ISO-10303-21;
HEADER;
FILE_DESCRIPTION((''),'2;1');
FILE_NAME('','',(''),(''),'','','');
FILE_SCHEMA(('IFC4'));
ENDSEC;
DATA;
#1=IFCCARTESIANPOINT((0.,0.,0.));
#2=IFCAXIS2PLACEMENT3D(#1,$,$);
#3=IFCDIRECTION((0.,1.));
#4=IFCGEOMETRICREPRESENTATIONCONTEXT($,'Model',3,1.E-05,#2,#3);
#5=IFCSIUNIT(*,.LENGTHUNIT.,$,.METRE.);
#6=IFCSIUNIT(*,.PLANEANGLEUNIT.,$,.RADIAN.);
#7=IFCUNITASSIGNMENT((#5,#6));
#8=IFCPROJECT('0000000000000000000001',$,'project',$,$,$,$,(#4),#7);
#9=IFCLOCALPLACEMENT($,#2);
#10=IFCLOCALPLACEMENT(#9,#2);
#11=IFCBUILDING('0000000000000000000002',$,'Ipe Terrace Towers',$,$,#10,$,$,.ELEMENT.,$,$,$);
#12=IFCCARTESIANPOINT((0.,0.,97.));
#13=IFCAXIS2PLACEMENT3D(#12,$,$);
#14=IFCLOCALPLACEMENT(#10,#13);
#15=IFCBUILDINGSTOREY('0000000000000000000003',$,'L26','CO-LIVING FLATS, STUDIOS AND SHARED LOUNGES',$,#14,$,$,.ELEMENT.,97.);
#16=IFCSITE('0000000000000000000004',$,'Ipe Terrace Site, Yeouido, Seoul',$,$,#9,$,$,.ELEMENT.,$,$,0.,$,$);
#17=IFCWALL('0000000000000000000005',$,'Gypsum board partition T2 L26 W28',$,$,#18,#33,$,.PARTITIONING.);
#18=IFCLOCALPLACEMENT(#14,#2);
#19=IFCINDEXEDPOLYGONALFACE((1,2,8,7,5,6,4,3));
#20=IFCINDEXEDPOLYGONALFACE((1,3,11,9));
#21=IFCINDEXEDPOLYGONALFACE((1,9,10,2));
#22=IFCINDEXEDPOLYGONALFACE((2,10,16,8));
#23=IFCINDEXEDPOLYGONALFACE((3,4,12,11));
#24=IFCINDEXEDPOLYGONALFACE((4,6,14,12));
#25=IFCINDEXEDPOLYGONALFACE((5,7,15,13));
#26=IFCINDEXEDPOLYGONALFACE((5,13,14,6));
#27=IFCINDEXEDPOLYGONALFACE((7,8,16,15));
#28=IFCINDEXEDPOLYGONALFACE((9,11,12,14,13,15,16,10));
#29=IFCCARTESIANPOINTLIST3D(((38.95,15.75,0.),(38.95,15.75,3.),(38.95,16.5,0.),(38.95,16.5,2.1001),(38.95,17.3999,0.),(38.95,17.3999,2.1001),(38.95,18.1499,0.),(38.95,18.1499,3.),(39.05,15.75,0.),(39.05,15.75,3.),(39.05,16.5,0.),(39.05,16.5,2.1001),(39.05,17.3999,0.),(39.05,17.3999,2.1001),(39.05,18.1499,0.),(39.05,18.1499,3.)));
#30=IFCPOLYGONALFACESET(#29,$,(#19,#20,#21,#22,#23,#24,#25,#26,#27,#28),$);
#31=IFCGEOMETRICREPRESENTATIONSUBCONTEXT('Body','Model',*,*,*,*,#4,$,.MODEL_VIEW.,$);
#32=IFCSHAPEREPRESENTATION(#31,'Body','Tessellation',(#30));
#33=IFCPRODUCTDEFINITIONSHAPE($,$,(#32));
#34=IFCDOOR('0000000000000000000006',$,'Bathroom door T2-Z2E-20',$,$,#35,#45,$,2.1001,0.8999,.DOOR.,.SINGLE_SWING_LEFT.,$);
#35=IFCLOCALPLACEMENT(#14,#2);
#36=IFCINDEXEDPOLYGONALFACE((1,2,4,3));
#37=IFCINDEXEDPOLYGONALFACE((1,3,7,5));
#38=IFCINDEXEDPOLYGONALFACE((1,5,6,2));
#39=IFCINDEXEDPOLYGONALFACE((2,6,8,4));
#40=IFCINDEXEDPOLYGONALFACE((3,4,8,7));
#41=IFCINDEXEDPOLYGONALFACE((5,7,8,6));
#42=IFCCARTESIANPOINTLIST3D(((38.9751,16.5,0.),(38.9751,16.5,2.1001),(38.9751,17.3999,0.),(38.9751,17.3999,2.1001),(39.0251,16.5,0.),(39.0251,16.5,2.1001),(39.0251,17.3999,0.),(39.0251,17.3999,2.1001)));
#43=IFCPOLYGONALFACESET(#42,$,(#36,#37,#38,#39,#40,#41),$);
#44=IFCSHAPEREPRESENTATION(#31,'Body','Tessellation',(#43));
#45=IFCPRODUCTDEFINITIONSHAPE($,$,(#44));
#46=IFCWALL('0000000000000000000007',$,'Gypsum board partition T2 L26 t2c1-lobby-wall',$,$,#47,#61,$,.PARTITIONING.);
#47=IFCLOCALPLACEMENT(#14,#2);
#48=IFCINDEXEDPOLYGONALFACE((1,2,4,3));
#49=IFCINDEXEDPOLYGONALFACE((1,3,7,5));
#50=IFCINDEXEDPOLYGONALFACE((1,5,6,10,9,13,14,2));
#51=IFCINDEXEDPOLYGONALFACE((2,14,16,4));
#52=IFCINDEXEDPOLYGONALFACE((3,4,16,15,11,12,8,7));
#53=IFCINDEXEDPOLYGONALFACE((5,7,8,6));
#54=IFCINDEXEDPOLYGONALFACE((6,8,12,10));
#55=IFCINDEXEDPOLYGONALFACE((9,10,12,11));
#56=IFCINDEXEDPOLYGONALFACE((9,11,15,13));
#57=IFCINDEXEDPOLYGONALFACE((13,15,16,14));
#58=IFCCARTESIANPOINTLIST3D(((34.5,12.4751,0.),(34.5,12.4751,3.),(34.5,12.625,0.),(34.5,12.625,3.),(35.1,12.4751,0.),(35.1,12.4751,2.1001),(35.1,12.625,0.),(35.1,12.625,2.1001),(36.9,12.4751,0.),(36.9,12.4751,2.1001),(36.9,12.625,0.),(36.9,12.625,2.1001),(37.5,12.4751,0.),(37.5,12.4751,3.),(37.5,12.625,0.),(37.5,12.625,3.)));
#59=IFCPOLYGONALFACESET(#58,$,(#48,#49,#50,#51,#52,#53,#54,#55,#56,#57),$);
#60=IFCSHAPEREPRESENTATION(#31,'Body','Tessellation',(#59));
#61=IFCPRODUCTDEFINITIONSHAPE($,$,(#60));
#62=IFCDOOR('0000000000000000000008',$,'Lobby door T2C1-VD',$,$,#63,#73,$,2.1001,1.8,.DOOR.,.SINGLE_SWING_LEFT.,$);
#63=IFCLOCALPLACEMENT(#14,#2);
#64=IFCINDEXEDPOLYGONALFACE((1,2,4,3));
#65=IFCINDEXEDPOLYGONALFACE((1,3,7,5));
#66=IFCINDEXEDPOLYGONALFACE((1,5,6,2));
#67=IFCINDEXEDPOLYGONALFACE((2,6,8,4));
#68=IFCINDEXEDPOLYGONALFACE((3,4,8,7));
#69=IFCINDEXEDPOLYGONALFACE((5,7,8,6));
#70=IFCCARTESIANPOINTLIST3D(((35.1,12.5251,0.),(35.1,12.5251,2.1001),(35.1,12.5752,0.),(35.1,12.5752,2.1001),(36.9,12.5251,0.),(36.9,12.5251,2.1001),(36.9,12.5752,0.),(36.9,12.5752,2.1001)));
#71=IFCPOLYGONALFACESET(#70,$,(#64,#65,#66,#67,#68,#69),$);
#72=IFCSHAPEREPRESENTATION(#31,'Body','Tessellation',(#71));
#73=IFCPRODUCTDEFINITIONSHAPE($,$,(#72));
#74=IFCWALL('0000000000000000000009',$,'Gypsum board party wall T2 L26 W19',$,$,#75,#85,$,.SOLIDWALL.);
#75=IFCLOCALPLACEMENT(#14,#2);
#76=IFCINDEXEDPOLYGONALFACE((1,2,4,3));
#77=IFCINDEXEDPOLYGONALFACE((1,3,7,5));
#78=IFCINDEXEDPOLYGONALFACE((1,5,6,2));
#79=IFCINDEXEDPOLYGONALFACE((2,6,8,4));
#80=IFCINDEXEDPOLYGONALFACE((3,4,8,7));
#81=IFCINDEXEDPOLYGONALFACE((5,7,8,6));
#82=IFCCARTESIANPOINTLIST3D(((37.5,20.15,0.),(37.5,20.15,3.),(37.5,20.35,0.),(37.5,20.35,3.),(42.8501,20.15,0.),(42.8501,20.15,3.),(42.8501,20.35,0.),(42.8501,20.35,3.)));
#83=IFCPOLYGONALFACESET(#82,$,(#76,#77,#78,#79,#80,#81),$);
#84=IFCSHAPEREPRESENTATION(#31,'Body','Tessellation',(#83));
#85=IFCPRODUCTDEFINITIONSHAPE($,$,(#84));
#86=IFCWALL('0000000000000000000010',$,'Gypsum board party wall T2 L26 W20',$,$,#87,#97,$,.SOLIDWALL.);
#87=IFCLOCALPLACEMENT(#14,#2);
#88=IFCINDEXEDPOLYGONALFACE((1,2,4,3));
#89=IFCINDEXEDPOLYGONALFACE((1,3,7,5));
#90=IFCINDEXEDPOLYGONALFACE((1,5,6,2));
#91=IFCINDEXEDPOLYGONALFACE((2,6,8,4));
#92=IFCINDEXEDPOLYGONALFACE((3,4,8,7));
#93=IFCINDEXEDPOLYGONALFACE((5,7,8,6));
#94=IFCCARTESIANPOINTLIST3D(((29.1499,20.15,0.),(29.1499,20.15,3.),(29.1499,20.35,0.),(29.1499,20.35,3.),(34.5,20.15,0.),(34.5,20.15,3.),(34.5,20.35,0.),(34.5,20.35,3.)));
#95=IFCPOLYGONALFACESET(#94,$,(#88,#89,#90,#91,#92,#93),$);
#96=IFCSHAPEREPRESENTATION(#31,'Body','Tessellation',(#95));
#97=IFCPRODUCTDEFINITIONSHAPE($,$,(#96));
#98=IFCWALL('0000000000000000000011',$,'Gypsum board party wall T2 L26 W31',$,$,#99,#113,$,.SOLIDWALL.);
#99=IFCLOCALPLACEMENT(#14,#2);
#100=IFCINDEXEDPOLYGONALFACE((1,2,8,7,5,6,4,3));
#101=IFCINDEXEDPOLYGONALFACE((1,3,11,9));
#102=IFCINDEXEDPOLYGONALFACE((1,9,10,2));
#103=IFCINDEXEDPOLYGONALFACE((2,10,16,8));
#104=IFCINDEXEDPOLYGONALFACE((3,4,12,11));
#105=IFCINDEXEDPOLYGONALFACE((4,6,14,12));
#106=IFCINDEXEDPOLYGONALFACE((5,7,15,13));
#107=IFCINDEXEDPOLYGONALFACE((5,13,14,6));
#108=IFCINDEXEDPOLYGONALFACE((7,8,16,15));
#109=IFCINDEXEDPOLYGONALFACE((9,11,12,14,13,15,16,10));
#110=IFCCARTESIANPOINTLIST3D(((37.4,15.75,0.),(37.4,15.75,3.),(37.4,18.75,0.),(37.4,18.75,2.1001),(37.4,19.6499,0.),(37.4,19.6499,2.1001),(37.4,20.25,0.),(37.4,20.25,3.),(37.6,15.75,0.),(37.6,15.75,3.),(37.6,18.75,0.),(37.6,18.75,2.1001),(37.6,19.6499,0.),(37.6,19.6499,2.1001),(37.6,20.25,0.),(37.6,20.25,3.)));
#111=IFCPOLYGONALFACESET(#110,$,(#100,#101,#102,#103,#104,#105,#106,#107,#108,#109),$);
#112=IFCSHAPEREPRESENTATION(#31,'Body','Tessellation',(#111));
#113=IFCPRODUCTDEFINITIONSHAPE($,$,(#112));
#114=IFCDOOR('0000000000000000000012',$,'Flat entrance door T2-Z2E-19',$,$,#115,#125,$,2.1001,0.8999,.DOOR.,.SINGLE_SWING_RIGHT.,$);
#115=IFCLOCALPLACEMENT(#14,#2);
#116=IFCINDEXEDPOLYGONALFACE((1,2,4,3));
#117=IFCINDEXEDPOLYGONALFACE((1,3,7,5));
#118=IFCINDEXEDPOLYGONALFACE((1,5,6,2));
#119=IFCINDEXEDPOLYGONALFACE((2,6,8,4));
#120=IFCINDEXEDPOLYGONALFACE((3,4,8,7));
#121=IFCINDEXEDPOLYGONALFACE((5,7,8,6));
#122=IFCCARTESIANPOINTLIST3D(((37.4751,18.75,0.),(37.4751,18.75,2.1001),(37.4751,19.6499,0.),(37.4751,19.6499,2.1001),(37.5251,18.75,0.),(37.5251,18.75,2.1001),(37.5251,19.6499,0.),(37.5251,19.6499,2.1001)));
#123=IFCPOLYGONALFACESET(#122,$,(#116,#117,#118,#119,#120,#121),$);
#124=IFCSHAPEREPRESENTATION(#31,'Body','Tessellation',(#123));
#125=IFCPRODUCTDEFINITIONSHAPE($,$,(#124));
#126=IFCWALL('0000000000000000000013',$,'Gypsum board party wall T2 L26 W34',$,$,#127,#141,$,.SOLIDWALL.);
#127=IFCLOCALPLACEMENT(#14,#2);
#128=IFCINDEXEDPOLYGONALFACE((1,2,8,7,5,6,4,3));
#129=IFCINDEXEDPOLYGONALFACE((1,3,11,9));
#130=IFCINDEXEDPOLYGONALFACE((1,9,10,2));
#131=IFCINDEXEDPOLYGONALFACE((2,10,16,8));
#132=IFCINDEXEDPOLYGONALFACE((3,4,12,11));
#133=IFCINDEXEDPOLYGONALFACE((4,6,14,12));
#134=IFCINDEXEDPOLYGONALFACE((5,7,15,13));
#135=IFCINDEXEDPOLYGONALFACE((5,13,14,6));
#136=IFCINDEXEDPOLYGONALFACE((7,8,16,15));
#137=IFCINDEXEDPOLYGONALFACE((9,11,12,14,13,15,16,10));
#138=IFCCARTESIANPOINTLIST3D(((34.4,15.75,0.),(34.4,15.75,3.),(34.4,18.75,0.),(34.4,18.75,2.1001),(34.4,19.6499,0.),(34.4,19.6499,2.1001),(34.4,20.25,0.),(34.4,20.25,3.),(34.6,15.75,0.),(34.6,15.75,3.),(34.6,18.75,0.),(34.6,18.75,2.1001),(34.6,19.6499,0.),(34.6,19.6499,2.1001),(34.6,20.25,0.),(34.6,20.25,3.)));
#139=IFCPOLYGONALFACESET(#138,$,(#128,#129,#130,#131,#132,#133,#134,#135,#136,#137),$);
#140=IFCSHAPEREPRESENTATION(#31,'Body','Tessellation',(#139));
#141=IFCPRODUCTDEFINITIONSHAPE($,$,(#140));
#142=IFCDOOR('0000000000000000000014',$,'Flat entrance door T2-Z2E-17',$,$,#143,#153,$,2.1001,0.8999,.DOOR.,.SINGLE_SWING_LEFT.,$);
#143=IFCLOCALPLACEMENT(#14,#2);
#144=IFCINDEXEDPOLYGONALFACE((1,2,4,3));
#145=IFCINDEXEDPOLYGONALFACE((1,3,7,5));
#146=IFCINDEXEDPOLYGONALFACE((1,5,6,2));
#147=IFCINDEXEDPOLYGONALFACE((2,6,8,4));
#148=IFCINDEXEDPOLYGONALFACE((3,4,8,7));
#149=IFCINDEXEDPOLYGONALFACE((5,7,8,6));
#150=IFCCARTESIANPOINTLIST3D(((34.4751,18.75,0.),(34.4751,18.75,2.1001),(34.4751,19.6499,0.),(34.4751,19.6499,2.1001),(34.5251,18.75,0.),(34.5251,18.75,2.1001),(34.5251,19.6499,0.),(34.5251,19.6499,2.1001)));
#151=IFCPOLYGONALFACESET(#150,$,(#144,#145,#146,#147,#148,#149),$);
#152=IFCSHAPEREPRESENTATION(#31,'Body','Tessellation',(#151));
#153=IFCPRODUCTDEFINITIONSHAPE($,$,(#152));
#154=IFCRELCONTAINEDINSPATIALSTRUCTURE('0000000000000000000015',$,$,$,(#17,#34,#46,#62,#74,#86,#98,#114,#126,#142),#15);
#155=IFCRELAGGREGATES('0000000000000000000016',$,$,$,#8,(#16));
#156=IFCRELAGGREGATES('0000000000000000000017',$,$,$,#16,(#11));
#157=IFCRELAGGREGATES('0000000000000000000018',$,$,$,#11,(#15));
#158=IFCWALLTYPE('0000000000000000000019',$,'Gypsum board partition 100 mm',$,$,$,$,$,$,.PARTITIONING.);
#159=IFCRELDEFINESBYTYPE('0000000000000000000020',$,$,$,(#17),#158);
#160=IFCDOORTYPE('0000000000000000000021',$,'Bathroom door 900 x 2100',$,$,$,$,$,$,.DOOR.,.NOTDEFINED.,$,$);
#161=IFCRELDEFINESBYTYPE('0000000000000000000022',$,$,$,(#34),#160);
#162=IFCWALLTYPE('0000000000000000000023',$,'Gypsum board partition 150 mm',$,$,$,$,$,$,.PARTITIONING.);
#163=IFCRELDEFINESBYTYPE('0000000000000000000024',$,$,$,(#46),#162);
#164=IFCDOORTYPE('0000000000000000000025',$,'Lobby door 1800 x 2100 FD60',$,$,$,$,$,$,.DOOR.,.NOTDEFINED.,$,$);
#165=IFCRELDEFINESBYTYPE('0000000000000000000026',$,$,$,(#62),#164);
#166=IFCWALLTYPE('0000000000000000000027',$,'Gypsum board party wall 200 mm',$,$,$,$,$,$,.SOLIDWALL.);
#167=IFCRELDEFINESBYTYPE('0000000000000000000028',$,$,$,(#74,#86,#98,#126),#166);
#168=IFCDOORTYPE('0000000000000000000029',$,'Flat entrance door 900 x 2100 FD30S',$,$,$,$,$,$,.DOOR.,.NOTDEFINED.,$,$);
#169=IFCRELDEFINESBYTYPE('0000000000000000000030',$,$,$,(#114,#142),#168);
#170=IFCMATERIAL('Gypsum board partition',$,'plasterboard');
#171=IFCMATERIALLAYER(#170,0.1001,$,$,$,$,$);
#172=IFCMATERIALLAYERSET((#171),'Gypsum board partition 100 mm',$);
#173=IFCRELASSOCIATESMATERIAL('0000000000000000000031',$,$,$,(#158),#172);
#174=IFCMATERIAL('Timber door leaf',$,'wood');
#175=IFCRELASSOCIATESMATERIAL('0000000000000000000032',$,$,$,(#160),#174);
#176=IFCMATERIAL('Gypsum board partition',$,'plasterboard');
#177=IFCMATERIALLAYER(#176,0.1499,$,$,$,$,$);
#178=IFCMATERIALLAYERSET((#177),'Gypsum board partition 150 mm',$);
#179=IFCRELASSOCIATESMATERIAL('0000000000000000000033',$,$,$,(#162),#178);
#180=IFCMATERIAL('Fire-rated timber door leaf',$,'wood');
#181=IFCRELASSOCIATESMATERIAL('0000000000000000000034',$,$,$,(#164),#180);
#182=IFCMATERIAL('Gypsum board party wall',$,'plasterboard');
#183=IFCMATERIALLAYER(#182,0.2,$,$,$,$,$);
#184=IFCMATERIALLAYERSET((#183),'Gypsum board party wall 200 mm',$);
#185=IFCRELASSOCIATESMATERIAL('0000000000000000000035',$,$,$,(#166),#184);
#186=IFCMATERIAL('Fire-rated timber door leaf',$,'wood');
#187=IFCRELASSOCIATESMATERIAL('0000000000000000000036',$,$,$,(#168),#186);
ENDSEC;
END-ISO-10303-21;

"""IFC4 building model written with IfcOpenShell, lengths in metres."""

from ifc_helpers import new_model, si_unit, direction, frame, frame_2d, origin, place, context, subcontext, project, spatial, rectangle, extrude, material, layer, layer_set, type_object, element, fill, save


model = new_model("IFC4")

# Units and contexts
model_context = context("Model", 3, precision=1e-05, world=origin(), true_north=direction((0.0, 1.0)))
body_context = subcontext(model_context, "Body", "Model", "MODEL_VIEW")
ifc_project = project(units=[si_unit("LENGTHUNIT", "METRE"), si_unit("PLANEANGLEUNIT", "RADIAN")], contexts=[model_context])

# Site, building, storey
site_placement = place(None, origin())
site = spatial("IfcSite", under=ifc_project, at=site_placement, Name="Ipe Terrace Site, Yeouido, Seoul", CompositionType="ELEMENT", RefElevation=0.0)
building_placement = place(site_placement, origin())
building = spatial("IfcBuilding", under=site, at=building_placement, Name="Ipe Terrace Towers", CompositionType="ELEMENT")
storey_placement = place(building_placement, frame((0.0, 0.0, 97.0)))
storey = spatial("IfcBuildingStorey", under=building, at=storey_placement, Name="L26", Description="CO-LIVING FLATS, STUDIOS AND SHARED LOUNGES", CompositionType="ELEMENT", Elevation=97.0)

# Shared definitions
ifc_material_1 = material(Name="Gypsum board partition", Category="plasterboard")
ifc_layer_1 = layer(ifc_material_1, 0.1001)
ifc_layer_set_1 = layer_set([ifc_layer_1], Name="Gypsum board partition 100 mm")
wall_type_1 = type_object("IfcWallType", Name="Gypsum board partition 100 mm", PredefinedType="PARTITIONING", material=ifc_layer_set_1)

# Walls, openings, doors
wall_1_placement = place(storey_placement, frame((39.0, 15.75, 0.0), z_axis=(0.0, 0.0, 1.0), x_axis=(0.0, 1.0, 0.0)))
wall_1 = element("IfcWall", 1, at=wall_1_placement, inside=storey, type_object=wall_type_1, Name="Gypsum board partition T2 L26 W28", PredefinedType="PARTITIONING", context=body_context, shape_type="SweptSolid", body=[
    extrude(rectangle(XDim=2.3999, YDim=0.1001, at=frame_2d((1.2, 0.0))), origin(), (0.0, 0.0, 1.0), 3.0),
])
opening_1_placement = place(wall_1_placement, frame((0.75, 0.0, 0.0)))
opening_1 = element("IfcOpeningElement", 2, at=opening_1_placement, cuts=wall_1, PredefinedType="OPENING", context=body_context, shape_type="SweptSolid", body=[
    extrude(rectangle(XDim=0.8999, YDim=2.1001, at=frame_2d((0.45, 1.05))), frame((0.0, 0.0601, 0.0), z_axis=(0.0, -1.0, 0.0), x_axis=(1.0, 0.0, 0.0)), (0.0, 0.0, 1.0), 0.1201),
])
ifc_material_2 = material(Name="Timber door leaf", Category="wood")
door_type_1 = type_object("IfcDoorType", Name="Bathroom door 900 x 2100", OperationType="NOTDEFINED", PredefinedType="DOOR", material=ifc_material_2)
door_1_placement = place(opening_1_placement, origin())
door_1 = element("IfcDoor", 3, at=door_1_placement, inside=storey, type_object=door_type_1, Name="Bathroom door T2-Z2E-20", OperationType="SINGLE_SWING_LEFT", OverallHeight=2.1001, OverallWidth=0.8999, PredefinedType="DOOR", context=body_context, shape_type="SweptSolid", body=[
    extrude(rectangle(XDim=0.8999, YDim=2.1001, at=frame_2d((0.45, 1.05))), frame((0.0, 0.0249, 0.0), z_axis=(0.0, -1.0, 0.0), x_axis=(1.0, 0.0, 0.0)), (0.0, 0.0, 1.0), 0.05),
])
fill(opening_1, door_1)
ifc_material_3 = material(Name="Gypsum board partition", Category="plasterboard")
ifc_layer_2 = layer(ifc_material_3, 0.1499)
ifc_layer_set_2 = layer_set([ifc_layer_2], Name="Gypsum board partition 150 mm")
wall_type_2 = type_object("IfcWallType", Name="Gypsum board partition 150 mm", PredefinedType="PARTITIONING", material=ifc_layer_set_2)
wall_2_placement = place(storey_placement, frame((37.5, 12.55, 0.0), z_axis=(0.0, 0.0, 1.0), x_axis=(-1.0, 0.0, 0.0)))
wall_2 = element("IfcWall", 4, at=wall_2_placement, inside=storey, type_object=wall_type_2, Name="Gypsum board partition T2 L26 t2c1-lobby-wall", PredefinedType="PARTITIONING", context=body_context, shape_type="SweptSolid", body=[
    extrude(rectangle(XDim=3.0, YDim=0.1499, at=frame_2d((1.5, 0.0))), origin(), (0.0, 0.0, 1.0), 3.0),
])
opening_2_placement = place(wall_2_placement, frame((0.6001, 0.0, 0.0)))
opening_2 = element("IfcOpeningElement", 5, at=opening_2_placement, cuts=wall_2, PredefinedType="OPENING", context=body_context, shape_type="SweptSolid", body=[
    extrude(rectangle(XDim=1.8, YDim=2.1001, at=frame_2d((0.8999, 1.05))), frame((0.0, 0.085, 0.0), z_axis=(0.0, -1.0, 0.0), x_axis=(1.0, 0.0, 0.0)), (0.0, 0.0, 1.0), 0.1699),
])
ifc_material_4 = material(Name="Fire-rated timber door leaf", Category="wood")
door_type_2 = type_object("IfcDoorType", Name="Lobby door 1800 x 2100 FD60", OperationType="NOTDEFINED", PredefinedType="DOOR", material=ifc_material_4)
door_2_placement = place(opening_2_placement, origin())
door_2 = element("IfcDoor", 6, at=door_2_placement, inside=storey, type_object=door_type_2, Name="Lobby door T2C1-VD", OperationType="SINGLE_SWING_LEFT", OverallHeight=2.1001, OverallWidth=1.8, PredefinedType="DOOR", context=body_context, shape_type="SweptSolid", body=[
    extrude(rectangle(XDim=1.8, YDim=2.1001, at=frame_2d((0.8999, 1.05))), frame((0.0, 0.0249, 0.0), z_axis=(0.0, -1.0, 0.0), x_axis=(1.0, 0.0, 0.0)), (0.0, 0.0, 1.0), 0.05),
])
fill(opening_2, door_2)

# Walls
ifc_material_5 = material(Name="Gypsum board party wall", Category="plasterboard")
ifc_layer_3 = layer(ifc_material_5, 0.2)
ifc_layer_set_3 = layer_set([ifc_layer_3], Name="Gypsum board party wall 200 mm")
wall_type_3 = type_object("IfcWallType", Name="Gypsum board party wall 200 mm", PredefinedType="SOLIDWALL", material=ifc_layer_set_3)
for number, where, z_axis, x_axis, name in (
    (7, (42.8501, 20.25, 0.0), (0.0, 0.0, 1.0), (-1.0, 0.0, 0.0), "Gypsum board party wall T2 L26 W19"),
    (8, (34.5, 20.25, 0.0), (0.0, 0.0, 1.0), (-1.0, 0.0, 0.0), "Gypsum board party wall T2 L26 W20"),
):
    element("IfcWall", number, at=place(storey_placement, frame(where, z_axis=z_axis, x_axis=x_axis)), inside=storey, type_object=wall_type_3, Name=name, PredefinedType="SOLIDWALL", context=body_context, shape_type="SweptSolid", body=[
        extrude(rectangle(XDim=5.3501, YDim=0.2, at=frame_2d((2.675, 0.0))), origin(), (0.0, 0.0, 1.0), 3.0),
    ])

# Walls, openings, doors
wall_3_placement = place(storey_placement, frame((37.5, 15.75, 0.0), z_axis=(0.0, 0.0, 1.0), x_axis=(0.0, 1.0, 0.0)))
wall_3 = element("IfcWall", 9, at=wall_3_placement, inside=storey, type_object=wall_type_3, Name="Gypsum board party wall T2 L26 W31", PredefinedType="SOLIDWALL", context=body_context, shape_type="SweptSolid", body=[
    extrude(rectangle(XDim=4.5, YDim=0.2, at=frame_2d((2.25, 0.0))), origin(), (0.0, 0.0, 1.0), 3.0),
])
opening_3_placement = place(wall_3_placement, frame((3.0, 0.0, 0.0)))
opening_3 = element("IfcOpeningElement", 10, at=opening_3_placement, cuts=wall_3, PredefinedType="OPENING", context=body_context, shape_type="SweptSolid", body=[
    extrude(rectangle(XDim=0.8999, YDim=2.1001, at=frame_2d((0.45, 1.05))), frame((0.0, 0.1099, 0.0), z_axis=(0.0, -1.0, 0.0), x_axis=(1.0, 0.0, 0.0)), (0.0, 0.0, 1.0), 0.22),
])
ifc_material_6 = material(Name="Fire-rated timber door leaf", Category="wood")
door_type_3 = type_object("IfcDoorType", Name="Flat entrance door 900 x 2100 FD30S", OperationType="NOTDEFINED", PredefinedType="DOOR", material=ifc_material_6)
door_3_placement = place(opening_3_placement, origin())
door_3 = element("IfcDoor", 11, at=door_3_placement, inside=storey, type_object=door_type_3, Name="Flat entrance door T2-Z2E-19", OperationType="SINGLE_SWING_RIGHT", OverallHeight=2.1001, OverallWidth=0.8999, PredefinedType="DOOR", context=body_context, shape_type="SweptSolid", body=[
    extrude(rectangle(XDim=0.8999, YDim=2.1001, at=frame_2d((0.45, 1.05))), frame((0.0, 0.0249, 0.0), z_axis=(0.0, -1.0, 0.0), x_axis=(1.0, 0.0, 0.0)), (0.0, 0.0, 1.0), 0.05),
])
fill(opening_3, door_3)
wall_4_placement = place(storey_placement, frame((34.5, 15.75, 0.0), z_axis=(0.0, 0.0, 1.0), x_axis=(0.0, 1.0, 0.0)))
wall_4 = element("IfcWall", 12, at=wall_4_placement, inside=storey, type_object=wall_type_3, Name="Gypsum board party wall T2 L26 W34", PredefinedType="SOLIDWALL", context=body_context, shape_type="SweptSolid", body=[
    extrude(rectangle(XDim=4.5, YDim=0.2, at=frame_2d((2.25, 0.0))), origin(), (0.0, 0.0, 1.0), 3.0),
])
opening_4_placement = place(wall_4_placement, frame((3.0, 0.0, 0.0)))
opening_4 = element("IfcOpeningElement", 13, at=opening_4_placement, cuts=wall_4, PredefinedType="OPENING", context=body_context, shape_type="SweptSolid", body=[
    extrude(rectangle(XDim=0.8999, YDim=2.1001, at=frame_2d((0.45, 1.05))), frame((0.0, 0.1099, 0.0), z_axis=(0.0, -1.0, 0.0), x_axis=(1.0, 0.0, 0.0)), (0.0, 0.0, 1.0), 0.22),
])
door_4_placement = place(opening_4_placement, origin())
door_4 = element("IfcDoor", 14, at=door_4_placement, inside=storey, type_object=door_type_3, Name="Flat entrance door T2-Z2E-17", OperationType="SINGLE_SWING_LEFT", OverallHeight=2.1001, OverallWidth=0.8999, PredefinedType="DOOR", context=body_context, shape_type="SweptSolid", body=[
    extrude(rectangle(XDim=0.8999, YDim=2.1001, at=frame_2d((0.45, 1.05))), frame((0.0, 0.0249, 0.0), z_axis=(0.0, -1.0, 0.0), x_axis=(1.0, 0.0, 0.0)), (0.0, 0.0, 1.0), 0.05),
])
fill(opening_4, door_4)

save(model, "model.ifc")
